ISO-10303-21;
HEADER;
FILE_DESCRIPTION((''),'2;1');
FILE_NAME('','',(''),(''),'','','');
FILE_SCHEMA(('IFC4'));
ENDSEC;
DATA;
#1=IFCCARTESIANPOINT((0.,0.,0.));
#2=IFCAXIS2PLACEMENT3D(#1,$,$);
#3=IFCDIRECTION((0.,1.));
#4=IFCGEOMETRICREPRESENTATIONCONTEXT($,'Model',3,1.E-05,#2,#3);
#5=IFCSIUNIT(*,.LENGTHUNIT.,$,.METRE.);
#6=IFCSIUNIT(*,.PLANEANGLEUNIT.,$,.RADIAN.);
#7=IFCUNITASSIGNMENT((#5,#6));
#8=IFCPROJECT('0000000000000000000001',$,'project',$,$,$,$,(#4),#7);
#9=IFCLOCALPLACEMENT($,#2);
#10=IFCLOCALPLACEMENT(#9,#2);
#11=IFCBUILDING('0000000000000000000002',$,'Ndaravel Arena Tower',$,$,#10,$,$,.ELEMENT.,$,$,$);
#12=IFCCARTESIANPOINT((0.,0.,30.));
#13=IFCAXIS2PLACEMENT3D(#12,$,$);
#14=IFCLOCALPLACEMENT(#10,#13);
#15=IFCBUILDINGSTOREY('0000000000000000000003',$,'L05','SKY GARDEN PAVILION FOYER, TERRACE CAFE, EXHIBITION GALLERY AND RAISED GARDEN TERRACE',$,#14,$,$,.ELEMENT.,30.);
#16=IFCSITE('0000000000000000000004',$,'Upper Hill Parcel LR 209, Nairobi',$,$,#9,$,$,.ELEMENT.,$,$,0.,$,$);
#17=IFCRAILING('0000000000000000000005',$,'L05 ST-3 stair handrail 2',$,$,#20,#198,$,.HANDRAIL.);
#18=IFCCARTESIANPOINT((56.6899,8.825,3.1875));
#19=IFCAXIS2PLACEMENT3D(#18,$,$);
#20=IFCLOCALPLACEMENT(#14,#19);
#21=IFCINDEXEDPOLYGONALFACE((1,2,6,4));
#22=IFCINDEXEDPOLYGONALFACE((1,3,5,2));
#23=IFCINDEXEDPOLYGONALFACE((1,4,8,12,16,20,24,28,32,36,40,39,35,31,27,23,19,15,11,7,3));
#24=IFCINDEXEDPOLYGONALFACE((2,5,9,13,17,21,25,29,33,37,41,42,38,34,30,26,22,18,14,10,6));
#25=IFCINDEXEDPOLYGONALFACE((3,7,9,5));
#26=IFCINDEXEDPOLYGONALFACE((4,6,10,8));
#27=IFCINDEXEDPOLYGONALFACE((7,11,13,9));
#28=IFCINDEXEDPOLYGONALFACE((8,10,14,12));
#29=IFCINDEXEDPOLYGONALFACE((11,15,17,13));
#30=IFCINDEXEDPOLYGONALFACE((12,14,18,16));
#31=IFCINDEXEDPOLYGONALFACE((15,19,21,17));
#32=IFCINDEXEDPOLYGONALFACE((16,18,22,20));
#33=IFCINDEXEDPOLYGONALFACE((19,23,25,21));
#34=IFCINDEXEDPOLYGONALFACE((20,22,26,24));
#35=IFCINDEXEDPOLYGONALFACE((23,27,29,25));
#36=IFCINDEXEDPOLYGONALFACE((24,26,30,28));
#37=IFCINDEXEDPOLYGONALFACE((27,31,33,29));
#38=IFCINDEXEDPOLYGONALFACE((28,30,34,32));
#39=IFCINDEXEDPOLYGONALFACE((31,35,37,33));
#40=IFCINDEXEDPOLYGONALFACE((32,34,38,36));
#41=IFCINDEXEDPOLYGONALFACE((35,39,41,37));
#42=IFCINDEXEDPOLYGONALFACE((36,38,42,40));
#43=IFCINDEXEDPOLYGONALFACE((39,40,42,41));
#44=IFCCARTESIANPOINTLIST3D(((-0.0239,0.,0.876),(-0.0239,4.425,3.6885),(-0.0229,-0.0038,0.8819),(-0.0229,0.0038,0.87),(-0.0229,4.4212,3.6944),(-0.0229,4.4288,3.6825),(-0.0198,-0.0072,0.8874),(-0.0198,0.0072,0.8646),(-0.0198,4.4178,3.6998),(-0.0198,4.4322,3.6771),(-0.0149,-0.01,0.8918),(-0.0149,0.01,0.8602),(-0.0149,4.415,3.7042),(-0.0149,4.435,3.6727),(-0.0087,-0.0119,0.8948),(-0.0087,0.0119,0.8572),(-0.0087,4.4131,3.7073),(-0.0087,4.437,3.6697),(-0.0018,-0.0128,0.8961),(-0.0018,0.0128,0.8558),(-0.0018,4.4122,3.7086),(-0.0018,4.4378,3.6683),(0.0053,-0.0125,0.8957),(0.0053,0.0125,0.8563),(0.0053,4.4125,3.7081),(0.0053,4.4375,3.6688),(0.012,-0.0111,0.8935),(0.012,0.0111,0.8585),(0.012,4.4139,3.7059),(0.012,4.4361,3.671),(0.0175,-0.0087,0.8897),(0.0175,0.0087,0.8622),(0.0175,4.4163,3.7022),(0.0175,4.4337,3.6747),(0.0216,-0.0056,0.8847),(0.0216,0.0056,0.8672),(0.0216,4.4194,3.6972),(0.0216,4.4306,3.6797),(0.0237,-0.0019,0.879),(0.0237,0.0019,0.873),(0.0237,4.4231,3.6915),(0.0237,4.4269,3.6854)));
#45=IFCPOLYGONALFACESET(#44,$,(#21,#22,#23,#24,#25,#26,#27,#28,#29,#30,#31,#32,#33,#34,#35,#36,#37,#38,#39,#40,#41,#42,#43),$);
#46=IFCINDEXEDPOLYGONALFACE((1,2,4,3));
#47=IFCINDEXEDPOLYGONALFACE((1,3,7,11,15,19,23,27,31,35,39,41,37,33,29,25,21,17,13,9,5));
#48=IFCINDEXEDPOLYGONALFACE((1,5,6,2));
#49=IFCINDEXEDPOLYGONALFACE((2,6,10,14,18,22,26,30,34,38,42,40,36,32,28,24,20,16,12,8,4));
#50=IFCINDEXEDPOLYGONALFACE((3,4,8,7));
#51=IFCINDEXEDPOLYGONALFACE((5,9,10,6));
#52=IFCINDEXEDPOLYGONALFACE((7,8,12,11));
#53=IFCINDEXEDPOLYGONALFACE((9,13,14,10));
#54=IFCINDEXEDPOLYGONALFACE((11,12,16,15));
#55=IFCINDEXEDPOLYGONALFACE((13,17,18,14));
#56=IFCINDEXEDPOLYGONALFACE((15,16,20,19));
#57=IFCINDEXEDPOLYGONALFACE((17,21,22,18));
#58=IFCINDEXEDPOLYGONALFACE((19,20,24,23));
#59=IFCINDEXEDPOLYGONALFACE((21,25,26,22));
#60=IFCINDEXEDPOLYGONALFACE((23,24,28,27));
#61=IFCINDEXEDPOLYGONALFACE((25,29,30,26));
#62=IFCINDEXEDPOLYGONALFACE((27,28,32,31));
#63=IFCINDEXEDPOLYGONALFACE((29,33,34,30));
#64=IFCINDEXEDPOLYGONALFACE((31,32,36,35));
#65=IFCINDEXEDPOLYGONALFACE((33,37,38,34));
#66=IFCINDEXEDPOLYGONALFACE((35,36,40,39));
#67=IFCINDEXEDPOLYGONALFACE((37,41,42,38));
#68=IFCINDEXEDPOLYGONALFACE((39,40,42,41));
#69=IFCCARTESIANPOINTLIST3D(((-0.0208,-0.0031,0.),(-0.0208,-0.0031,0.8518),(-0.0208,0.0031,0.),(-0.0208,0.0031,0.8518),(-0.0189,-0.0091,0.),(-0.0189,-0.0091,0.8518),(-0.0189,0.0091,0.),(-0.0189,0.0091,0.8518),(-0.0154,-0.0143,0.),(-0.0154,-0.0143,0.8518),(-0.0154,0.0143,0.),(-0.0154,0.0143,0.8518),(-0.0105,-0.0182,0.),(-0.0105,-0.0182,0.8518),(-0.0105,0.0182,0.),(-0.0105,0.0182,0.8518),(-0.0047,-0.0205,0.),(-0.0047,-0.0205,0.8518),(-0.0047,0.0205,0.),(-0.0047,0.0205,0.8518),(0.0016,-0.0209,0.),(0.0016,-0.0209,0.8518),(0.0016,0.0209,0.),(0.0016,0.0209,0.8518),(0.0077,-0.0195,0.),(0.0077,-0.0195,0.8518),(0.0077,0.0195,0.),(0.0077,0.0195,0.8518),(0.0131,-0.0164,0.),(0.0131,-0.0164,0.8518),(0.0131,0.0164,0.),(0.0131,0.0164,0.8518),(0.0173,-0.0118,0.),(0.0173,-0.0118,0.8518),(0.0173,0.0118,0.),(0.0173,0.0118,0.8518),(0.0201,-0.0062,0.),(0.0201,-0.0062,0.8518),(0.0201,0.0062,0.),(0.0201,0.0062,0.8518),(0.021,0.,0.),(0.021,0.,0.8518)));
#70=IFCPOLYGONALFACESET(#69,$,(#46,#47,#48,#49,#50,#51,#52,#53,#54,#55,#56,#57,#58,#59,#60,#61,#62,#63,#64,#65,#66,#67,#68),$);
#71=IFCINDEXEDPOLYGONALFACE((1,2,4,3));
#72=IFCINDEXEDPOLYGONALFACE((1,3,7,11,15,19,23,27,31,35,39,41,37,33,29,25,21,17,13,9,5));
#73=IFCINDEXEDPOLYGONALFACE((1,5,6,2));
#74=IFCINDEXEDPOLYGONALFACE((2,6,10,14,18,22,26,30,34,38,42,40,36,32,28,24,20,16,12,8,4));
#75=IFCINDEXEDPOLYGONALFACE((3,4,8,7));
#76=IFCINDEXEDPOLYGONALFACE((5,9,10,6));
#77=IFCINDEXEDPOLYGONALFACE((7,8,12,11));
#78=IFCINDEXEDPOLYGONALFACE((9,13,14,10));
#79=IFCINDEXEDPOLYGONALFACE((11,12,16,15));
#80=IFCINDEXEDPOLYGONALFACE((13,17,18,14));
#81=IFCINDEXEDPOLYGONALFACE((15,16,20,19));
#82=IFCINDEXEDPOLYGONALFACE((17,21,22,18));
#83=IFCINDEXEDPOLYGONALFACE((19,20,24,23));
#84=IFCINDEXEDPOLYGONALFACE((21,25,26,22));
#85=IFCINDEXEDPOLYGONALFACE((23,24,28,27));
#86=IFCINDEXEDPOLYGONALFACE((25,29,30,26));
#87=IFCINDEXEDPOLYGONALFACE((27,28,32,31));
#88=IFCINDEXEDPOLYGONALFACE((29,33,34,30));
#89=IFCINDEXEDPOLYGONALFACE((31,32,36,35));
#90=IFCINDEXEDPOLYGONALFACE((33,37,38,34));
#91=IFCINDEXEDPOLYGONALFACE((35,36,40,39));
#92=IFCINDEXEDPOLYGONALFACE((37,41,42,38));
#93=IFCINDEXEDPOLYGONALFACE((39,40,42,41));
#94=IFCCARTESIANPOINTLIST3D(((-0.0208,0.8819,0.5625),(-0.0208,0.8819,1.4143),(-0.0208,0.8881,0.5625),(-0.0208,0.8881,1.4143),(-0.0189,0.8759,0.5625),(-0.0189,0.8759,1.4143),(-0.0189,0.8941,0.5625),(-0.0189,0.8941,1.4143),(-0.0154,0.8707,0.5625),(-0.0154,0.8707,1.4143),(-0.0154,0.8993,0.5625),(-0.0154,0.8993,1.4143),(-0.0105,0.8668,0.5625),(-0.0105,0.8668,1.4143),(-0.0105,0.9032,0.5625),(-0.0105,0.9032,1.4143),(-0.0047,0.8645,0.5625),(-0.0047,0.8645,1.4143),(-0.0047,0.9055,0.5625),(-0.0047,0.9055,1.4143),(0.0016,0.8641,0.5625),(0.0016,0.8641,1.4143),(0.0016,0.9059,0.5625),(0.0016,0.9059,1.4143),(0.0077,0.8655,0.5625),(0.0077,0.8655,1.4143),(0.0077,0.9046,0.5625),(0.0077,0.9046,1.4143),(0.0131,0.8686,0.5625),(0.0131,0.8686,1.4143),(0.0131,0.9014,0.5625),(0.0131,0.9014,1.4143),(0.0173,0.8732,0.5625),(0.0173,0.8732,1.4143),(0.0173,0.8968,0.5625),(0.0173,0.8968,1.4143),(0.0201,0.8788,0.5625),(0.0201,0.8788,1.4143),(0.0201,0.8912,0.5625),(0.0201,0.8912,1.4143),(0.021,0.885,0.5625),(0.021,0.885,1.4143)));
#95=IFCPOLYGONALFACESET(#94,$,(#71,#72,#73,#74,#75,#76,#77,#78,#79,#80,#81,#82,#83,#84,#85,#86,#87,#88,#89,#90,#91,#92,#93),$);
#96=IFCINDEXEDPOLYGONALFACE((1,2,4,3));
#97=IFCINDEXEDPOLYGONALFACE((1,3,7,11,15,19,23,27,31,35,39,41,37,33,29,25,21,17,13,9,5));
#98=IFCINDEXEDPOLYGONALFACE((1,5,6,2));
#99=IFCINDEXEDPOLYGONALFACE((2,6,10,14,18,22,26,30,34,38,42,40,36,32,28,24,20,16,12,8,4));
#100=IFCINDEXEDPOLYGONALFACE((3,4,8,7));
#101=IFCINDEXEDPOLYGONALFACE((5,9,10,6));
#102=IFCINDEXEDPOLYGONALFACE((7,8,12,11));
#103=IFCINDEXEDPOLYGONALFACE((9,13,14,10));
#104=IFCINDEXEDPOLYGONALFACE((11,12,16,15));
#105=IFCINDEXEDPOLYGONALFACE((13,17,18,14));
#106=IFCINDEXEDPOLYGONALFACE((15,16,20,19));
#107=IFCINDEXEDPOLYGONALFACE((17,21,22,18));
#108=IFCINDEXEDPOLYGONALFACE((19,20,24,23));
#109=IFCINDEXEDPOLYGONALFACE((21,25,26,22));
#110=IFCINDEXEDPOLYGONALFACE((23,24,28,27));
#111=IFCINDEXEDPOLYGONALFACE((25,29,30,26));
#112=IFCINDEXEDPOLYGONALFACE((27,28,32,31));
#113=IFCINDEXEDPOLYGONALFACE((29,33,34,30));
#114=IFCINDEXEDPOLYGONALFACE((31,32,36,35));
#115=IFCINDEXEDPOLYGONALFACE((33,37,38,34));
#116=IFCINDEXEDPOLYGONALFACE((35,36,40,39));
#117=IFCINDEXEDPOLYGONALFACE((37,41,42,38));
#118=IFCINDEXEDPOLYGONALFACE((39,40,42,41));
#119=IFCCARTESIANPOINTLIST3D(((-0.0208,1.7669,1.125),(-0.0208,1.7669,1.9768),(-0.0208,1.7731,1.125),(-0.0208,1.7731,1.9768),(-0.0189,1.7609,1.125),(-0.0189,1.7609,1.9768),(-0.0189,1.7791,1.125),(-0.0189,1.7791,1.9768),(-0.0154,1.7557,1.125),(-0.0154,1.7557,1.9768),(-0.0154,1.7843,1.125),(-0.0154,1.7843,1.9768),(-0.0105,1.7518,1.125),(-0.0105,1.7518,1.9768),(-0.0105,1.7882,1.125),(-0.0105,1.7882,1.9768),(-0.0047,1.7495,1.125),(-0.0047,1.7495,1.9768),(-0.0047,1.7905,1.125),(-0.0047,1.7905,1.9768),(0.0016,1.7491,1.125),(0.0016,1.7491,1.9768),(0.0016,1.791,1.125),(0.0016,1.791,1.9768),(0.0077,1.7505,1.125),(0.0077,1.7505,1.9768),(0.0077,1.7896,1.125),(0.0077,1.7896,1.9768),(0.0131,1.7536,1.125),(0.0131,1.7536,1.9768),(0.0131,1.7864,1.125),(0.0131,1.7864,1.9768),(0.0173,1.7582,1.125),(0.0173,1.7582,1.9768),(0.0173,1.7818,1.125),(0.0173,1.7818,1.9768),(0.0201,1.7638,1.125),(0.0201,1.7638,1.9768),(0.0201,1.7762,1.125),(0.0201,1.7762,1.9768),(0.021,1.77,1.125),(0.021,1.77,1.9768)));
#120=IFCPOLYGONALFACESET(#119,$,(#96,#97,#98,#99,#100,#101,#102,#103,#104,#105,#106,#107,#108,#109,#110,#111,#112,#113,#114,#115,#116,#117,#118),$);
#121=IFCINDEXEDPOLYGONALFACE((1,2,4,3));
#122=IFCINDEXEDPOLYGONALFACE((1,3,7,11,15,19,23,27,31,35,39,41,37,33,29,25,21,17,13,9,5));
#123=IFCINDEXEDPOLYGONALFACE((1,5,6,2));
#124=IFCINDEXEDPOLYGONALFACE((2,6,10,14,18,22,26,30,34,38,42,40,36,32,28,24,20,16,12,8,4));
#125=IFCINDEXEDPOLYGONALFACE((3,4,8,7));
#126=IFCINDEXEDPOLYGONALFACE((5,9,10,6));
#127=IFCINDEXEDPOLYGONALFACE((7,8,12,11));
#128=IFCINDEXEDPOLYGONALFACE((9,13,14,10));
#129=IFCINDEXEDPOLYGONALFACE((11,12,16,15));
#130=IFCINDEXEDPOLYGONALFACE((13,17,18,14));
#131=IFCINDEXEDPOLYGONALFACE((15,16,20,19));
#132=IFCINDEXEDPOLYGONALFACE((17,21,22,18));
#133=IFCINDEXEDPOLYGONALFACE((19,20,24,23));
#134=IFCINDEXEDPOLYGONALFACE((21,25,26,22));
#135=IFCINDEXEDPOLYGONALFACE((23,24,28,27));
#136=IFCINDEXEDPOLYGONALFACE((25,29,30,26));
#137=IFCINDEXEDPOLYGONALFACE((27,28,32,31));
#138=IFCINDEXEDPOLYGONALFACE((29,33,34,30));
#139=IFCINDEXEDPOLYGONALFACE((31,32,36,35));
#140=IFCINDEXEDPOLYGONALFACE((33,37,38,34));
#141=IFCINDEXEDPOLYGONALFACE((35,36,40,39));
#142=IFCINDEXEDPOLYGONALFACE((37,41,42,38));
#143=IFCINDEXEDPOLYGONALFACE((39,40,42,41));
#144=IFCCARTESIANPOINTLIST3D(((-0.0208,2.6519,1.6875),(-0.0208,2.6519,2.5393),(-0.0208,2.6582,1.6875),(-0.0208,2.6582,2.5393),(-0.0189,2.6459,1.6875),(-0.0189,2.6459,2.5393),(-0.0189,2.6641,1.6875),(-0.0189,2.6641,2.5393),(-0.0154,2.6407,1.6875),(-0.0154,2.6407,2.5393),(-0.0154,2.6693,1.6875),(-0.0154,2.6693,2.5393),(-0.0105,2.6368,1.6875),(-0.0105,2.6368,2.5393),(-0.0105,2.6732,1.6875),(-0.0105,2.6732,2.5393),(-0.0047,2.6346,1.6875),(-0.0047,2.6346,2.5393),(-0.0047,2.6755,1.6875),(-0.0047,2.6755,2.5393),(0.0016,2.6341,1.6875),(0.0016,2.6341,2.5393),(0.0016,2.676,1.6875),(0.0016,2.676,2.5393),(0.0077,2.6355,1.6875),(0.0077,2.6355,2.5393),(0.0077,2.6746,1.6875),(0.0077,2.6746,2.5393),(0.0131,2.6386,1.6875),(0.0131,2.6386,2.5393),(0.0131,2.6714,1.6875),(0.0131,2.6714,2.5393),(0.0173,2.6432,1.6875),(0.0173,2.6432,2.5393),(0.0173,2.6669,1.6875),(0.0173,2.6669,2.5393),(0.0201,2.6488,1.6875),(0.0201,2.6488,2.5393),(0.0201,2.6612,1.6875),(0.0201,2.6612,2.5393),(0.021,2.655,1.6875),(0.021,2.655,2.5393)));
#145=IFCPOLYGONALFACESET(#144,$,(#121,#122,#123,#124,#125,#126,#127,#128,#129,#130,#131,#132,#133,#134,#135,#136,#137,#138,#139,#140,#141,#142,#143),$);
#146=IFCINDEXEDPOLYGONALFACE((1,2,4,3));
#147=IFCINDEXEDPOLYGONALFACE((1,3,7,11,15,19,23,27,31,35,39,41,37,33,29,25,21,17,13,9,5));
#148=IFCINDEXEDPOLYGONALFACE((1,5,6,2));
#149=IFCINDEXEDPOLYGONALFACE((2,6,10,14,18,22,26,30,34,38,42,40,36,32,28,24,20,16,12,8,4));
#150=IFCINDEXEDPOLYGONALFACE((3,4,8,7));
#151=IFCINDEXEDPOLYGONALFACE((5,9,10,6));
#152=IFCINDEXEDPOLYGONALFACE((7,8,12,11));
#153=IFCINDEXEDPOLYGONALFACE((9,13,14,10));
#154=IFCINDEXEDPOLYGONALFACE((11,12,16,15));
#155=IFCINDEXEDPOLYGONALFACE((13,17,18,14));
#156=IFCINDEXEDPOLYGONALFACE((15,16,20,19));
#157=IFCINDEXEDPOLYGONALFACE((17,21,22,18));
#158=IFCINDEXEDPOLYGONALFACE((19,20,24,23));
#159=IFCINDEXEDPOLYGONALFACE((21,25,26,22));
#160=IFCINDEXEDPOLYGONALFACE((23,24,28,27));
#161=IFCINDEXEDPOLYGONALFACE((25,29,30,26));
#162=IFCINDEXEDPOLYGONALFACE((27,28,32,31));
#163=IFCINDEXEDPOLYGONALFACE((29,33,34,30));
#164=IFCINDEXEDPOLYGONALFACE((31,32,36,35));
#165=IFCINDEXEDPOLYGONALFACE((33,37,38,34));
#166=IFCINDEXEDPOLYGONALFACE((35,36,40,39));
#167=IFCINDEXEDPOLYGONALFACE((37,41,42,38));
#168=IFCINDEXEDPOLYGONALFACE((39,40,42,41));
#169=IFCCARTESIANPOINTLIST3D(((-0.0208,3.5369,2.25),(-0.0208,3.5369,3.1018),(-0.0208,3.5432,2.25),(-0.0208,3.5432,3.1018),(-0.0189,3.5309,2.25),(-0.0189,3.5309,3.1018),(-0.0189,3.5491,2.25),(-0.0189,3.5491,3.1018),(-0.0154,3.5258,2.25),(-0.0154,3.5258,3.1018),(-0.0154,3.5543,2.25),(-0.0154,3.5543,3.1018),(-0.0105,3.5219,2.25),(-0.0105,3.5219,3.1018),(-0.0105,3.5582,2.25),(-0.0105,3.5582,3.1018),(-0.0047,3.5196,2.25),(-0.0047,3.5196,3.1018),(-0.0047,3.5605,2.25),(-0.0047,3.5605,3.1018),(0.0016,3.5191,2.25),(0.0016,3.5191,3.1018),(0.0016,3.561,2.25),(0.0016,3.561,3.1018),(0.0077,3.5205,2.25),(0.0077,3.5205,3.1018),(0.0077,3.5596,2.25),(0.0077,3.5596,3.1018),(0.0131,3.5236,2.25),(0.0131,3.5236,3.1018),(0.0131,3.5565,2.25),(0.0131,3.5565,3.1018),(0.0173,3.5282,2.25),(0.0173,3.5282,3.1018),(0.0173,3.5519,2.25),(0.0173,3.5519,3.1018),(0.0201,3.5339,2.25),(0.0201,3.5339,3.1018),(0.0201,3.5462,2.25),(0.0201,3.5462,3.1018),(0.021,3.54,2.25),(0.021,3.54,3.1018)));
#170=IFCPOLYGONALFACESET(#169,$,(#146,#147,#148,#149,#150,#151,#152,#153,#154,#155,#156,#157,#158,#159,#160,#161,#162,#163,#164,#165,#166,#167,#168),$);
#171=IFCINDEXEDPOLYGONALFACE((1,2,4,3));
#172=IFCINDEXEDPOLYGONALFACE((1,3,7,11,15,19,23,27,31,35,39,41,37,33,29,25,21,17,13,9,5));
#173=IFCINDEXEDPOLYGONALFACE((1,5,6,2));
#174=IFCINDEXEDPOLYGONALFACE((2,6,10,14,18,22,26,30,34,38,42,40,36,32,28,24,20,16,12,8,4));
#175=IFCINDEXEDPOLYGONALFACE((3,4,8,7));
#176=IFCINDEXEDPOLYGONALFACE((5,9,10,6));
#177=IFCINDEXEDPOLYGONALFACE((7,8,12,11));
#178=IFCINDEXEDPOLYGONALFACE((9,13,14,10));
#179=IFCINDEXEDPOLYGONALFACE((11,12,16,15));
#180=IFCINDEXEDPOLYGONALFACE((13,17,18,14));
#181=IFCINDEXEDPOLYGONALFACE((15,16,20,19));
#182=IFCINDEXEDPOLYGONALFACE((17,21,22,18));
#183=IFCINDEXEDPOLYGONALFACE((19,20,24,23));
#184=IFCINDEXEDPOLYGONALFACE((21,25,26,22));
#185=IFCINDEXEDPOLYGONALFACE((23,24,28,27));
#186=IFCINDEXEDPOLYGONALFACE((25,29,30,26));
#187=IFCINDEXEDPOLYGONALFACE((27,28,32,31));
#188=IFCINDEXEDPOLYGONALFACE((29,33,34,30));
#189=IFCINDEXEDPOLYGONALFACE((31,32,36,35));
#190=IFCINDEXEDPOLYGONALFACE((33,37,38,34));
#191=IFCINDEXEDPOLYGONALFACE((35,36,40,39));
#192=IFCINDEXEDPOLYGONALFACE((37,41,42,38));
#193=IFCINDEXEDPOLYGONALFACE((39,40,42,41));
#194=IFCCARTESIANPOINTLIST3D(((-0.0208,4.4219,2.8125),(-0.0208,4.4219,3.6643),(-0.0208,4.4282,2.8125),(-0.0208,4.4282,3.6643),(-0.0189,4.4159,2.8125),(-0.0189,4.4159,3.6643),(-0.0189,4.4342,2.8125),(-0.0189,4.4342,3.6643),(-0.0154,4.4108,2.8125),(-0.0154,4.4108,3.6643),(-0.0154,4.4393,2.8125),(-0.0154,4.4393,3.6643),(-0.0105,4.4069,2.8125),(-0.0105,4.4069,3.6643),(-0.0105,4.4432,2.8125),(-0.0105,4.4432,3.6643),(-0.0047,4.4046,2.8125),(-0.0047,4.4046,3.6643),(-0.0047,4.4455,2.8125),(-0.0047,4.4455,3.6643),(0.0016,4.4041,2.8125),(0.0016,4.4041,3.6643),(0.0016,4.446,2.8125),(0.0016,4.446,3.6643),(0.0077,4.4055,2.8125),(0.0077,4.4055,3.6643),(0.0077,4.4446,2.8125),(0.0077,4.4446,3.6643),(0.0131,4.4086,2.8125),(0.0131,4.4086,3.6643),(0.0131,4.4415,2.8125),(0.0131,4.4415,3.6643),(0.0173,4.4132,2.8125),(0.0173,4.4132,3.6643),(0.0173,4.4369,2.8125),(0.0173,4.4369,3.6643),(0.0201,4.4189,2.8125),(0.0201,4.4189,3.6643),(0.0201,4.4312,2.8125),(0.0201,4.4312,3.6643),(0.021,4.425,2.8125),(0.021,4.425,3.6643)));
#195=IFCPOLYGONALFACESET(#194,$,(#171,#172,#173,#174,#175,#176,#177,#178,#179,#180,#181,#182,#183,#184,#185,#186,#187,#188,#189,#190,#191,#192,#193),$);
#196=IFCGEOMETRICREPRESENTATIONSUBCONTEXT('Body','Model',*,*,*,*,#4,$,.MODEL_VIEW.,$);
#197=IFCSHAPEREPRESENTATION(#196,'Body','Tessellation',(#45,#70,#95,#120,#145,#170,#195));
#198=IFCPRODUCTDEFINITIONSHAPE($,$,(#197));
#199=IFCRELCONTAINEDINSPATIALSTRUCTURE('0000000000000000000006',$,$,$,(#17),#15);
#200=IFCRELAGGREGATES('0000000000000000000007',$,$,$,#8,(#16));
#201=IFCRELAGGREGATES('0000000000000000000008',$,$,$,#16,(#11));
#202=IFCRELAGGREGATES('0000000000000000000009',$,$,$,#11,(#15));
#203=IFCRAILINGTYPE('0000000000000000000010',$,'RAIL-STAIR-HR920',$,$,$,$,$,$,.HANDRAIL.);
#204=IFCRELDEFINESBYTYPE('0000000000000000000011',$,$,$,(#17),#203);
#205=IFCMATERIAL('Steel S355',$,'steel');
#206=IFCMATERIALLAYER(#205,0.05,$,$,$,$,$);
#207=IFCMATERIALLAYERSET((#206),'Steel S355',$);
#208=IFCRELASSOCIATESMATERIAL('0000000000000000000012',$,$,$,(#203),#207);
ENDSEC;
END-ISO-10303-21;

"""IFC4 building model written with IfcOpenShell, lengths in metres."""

from ifc_helpers import new_model, si_unit, direction, frame, origin, origin_2d, place, context, subcontext, project, spatial, circle, extrude, material, layer, layer_set, type_object, element, save


model = new_model("IFC4")

# Units and contexts
model_context = context("Model", 3, precision=1e-05, world=origin(), true_north=direction((0.0, 1.0)))
body_context = subcontext(model_context, "Body", "Model", "MODEL_VIEW")
ifc_project = project(units=[si_unit("LENGTHUNIT", "METRE"), si_unit("PLANEANGLEUNIT", "RADIAN")], contexts=[model_context])

# Site, building, storey
site_placement = place(None, origin())
site = spatial("IfcSite", under=ifc_project, at=site_placement, Name="Upper Hill Parcel LR 209, Nairobi", CompositionType="ELEMENT", RefElevation=0.0)
building_placement = place(site_placement, origin())
building = spatial("IfcBuilding", under=site, at=building_placement, Name="Ndaravel Arena Tower", CompositionType="ELEMENT")
storey_placement = place(building_placement, frame((0.0, 0.0, 30.0)))
storey = spatial("IfcBuildingStorey", under=building, at=storey_placement, Name="L05", Description="SKY GARDEN PAVILION FOYER, TERRACE CAFE, EXHIBITION GALLERY AND RAISED GARDEN TERRACE", CompositionType="ELEMENT", Elevation=30.0)

# Railing
ifc_material_1 = material(Name="Steel S355", Category="steel")
ifc_layer_1 = layer(ifc_material_1, 0.05)
ifc_layer_set_1 = layer_set([ifc_layer_1], Name="Steel S355")
railing_type_1 = type_object("IfcRailingType", Name="RAIL-STAIR-HR920", PredefinedType="HANDRAIL", material=ifc_layer_set_1)
railing_1_placement = place(storey_placement, frame((56.6899, 8.825, 3.1875)))
element("IfcRailing", 1, at=railing_1_placement, inside=storey, type_object=railing_type_1, Name="L05 ST-3 stair handrail 2", PredefinedType="HANDRAIL", context=body_context, shape_type="SweptSolid", body=[
    extrude(circle(Radius=0.0239, at=origin_2d()), frame((0.0, 0.0, 0.876), z_axis=(0.0, 0.843959, 0.536408), x_axis=(-1.0, 0.0, 0.0)), (0.0, 0.0, 1.0), 5.2432),
    extrude(circle(Radius=0.021, at=origin_2d()), origin(), (0.0, 0.0, 1.0), 0.8518),
    extrude(circle(Radius=0.021, at=origin_2d()), frame((0.0, 0.885, 0.5625)), (0.0, 0.0, 1.0), 0.8518),
    extrude(circle(Radius=0.021, at=origin_2d()), frame((0.0, 1.77, 1.125)), (0.0, 0.0, 1.0), 0.8518),
    extrude(circle(Radius=0.021, at=origin_2d()), frame((0.0, 2.655, 1.6875)), (0.0, 0.0, 1.0), 0.8518),
    extrude(circle(Radius=0.021, at=origin_2d()), frame((0.0, 3.54, 2.25)), (0.0, 0.0, 1.0), 0.8518),
    extrude(circle(Radius=0.021, at=origin_2d()), frame((0.0, 4.425, 2.8125)), (0.0, 0.0, 1.0), 0.8518),
])

save(model, "model.ifc")
